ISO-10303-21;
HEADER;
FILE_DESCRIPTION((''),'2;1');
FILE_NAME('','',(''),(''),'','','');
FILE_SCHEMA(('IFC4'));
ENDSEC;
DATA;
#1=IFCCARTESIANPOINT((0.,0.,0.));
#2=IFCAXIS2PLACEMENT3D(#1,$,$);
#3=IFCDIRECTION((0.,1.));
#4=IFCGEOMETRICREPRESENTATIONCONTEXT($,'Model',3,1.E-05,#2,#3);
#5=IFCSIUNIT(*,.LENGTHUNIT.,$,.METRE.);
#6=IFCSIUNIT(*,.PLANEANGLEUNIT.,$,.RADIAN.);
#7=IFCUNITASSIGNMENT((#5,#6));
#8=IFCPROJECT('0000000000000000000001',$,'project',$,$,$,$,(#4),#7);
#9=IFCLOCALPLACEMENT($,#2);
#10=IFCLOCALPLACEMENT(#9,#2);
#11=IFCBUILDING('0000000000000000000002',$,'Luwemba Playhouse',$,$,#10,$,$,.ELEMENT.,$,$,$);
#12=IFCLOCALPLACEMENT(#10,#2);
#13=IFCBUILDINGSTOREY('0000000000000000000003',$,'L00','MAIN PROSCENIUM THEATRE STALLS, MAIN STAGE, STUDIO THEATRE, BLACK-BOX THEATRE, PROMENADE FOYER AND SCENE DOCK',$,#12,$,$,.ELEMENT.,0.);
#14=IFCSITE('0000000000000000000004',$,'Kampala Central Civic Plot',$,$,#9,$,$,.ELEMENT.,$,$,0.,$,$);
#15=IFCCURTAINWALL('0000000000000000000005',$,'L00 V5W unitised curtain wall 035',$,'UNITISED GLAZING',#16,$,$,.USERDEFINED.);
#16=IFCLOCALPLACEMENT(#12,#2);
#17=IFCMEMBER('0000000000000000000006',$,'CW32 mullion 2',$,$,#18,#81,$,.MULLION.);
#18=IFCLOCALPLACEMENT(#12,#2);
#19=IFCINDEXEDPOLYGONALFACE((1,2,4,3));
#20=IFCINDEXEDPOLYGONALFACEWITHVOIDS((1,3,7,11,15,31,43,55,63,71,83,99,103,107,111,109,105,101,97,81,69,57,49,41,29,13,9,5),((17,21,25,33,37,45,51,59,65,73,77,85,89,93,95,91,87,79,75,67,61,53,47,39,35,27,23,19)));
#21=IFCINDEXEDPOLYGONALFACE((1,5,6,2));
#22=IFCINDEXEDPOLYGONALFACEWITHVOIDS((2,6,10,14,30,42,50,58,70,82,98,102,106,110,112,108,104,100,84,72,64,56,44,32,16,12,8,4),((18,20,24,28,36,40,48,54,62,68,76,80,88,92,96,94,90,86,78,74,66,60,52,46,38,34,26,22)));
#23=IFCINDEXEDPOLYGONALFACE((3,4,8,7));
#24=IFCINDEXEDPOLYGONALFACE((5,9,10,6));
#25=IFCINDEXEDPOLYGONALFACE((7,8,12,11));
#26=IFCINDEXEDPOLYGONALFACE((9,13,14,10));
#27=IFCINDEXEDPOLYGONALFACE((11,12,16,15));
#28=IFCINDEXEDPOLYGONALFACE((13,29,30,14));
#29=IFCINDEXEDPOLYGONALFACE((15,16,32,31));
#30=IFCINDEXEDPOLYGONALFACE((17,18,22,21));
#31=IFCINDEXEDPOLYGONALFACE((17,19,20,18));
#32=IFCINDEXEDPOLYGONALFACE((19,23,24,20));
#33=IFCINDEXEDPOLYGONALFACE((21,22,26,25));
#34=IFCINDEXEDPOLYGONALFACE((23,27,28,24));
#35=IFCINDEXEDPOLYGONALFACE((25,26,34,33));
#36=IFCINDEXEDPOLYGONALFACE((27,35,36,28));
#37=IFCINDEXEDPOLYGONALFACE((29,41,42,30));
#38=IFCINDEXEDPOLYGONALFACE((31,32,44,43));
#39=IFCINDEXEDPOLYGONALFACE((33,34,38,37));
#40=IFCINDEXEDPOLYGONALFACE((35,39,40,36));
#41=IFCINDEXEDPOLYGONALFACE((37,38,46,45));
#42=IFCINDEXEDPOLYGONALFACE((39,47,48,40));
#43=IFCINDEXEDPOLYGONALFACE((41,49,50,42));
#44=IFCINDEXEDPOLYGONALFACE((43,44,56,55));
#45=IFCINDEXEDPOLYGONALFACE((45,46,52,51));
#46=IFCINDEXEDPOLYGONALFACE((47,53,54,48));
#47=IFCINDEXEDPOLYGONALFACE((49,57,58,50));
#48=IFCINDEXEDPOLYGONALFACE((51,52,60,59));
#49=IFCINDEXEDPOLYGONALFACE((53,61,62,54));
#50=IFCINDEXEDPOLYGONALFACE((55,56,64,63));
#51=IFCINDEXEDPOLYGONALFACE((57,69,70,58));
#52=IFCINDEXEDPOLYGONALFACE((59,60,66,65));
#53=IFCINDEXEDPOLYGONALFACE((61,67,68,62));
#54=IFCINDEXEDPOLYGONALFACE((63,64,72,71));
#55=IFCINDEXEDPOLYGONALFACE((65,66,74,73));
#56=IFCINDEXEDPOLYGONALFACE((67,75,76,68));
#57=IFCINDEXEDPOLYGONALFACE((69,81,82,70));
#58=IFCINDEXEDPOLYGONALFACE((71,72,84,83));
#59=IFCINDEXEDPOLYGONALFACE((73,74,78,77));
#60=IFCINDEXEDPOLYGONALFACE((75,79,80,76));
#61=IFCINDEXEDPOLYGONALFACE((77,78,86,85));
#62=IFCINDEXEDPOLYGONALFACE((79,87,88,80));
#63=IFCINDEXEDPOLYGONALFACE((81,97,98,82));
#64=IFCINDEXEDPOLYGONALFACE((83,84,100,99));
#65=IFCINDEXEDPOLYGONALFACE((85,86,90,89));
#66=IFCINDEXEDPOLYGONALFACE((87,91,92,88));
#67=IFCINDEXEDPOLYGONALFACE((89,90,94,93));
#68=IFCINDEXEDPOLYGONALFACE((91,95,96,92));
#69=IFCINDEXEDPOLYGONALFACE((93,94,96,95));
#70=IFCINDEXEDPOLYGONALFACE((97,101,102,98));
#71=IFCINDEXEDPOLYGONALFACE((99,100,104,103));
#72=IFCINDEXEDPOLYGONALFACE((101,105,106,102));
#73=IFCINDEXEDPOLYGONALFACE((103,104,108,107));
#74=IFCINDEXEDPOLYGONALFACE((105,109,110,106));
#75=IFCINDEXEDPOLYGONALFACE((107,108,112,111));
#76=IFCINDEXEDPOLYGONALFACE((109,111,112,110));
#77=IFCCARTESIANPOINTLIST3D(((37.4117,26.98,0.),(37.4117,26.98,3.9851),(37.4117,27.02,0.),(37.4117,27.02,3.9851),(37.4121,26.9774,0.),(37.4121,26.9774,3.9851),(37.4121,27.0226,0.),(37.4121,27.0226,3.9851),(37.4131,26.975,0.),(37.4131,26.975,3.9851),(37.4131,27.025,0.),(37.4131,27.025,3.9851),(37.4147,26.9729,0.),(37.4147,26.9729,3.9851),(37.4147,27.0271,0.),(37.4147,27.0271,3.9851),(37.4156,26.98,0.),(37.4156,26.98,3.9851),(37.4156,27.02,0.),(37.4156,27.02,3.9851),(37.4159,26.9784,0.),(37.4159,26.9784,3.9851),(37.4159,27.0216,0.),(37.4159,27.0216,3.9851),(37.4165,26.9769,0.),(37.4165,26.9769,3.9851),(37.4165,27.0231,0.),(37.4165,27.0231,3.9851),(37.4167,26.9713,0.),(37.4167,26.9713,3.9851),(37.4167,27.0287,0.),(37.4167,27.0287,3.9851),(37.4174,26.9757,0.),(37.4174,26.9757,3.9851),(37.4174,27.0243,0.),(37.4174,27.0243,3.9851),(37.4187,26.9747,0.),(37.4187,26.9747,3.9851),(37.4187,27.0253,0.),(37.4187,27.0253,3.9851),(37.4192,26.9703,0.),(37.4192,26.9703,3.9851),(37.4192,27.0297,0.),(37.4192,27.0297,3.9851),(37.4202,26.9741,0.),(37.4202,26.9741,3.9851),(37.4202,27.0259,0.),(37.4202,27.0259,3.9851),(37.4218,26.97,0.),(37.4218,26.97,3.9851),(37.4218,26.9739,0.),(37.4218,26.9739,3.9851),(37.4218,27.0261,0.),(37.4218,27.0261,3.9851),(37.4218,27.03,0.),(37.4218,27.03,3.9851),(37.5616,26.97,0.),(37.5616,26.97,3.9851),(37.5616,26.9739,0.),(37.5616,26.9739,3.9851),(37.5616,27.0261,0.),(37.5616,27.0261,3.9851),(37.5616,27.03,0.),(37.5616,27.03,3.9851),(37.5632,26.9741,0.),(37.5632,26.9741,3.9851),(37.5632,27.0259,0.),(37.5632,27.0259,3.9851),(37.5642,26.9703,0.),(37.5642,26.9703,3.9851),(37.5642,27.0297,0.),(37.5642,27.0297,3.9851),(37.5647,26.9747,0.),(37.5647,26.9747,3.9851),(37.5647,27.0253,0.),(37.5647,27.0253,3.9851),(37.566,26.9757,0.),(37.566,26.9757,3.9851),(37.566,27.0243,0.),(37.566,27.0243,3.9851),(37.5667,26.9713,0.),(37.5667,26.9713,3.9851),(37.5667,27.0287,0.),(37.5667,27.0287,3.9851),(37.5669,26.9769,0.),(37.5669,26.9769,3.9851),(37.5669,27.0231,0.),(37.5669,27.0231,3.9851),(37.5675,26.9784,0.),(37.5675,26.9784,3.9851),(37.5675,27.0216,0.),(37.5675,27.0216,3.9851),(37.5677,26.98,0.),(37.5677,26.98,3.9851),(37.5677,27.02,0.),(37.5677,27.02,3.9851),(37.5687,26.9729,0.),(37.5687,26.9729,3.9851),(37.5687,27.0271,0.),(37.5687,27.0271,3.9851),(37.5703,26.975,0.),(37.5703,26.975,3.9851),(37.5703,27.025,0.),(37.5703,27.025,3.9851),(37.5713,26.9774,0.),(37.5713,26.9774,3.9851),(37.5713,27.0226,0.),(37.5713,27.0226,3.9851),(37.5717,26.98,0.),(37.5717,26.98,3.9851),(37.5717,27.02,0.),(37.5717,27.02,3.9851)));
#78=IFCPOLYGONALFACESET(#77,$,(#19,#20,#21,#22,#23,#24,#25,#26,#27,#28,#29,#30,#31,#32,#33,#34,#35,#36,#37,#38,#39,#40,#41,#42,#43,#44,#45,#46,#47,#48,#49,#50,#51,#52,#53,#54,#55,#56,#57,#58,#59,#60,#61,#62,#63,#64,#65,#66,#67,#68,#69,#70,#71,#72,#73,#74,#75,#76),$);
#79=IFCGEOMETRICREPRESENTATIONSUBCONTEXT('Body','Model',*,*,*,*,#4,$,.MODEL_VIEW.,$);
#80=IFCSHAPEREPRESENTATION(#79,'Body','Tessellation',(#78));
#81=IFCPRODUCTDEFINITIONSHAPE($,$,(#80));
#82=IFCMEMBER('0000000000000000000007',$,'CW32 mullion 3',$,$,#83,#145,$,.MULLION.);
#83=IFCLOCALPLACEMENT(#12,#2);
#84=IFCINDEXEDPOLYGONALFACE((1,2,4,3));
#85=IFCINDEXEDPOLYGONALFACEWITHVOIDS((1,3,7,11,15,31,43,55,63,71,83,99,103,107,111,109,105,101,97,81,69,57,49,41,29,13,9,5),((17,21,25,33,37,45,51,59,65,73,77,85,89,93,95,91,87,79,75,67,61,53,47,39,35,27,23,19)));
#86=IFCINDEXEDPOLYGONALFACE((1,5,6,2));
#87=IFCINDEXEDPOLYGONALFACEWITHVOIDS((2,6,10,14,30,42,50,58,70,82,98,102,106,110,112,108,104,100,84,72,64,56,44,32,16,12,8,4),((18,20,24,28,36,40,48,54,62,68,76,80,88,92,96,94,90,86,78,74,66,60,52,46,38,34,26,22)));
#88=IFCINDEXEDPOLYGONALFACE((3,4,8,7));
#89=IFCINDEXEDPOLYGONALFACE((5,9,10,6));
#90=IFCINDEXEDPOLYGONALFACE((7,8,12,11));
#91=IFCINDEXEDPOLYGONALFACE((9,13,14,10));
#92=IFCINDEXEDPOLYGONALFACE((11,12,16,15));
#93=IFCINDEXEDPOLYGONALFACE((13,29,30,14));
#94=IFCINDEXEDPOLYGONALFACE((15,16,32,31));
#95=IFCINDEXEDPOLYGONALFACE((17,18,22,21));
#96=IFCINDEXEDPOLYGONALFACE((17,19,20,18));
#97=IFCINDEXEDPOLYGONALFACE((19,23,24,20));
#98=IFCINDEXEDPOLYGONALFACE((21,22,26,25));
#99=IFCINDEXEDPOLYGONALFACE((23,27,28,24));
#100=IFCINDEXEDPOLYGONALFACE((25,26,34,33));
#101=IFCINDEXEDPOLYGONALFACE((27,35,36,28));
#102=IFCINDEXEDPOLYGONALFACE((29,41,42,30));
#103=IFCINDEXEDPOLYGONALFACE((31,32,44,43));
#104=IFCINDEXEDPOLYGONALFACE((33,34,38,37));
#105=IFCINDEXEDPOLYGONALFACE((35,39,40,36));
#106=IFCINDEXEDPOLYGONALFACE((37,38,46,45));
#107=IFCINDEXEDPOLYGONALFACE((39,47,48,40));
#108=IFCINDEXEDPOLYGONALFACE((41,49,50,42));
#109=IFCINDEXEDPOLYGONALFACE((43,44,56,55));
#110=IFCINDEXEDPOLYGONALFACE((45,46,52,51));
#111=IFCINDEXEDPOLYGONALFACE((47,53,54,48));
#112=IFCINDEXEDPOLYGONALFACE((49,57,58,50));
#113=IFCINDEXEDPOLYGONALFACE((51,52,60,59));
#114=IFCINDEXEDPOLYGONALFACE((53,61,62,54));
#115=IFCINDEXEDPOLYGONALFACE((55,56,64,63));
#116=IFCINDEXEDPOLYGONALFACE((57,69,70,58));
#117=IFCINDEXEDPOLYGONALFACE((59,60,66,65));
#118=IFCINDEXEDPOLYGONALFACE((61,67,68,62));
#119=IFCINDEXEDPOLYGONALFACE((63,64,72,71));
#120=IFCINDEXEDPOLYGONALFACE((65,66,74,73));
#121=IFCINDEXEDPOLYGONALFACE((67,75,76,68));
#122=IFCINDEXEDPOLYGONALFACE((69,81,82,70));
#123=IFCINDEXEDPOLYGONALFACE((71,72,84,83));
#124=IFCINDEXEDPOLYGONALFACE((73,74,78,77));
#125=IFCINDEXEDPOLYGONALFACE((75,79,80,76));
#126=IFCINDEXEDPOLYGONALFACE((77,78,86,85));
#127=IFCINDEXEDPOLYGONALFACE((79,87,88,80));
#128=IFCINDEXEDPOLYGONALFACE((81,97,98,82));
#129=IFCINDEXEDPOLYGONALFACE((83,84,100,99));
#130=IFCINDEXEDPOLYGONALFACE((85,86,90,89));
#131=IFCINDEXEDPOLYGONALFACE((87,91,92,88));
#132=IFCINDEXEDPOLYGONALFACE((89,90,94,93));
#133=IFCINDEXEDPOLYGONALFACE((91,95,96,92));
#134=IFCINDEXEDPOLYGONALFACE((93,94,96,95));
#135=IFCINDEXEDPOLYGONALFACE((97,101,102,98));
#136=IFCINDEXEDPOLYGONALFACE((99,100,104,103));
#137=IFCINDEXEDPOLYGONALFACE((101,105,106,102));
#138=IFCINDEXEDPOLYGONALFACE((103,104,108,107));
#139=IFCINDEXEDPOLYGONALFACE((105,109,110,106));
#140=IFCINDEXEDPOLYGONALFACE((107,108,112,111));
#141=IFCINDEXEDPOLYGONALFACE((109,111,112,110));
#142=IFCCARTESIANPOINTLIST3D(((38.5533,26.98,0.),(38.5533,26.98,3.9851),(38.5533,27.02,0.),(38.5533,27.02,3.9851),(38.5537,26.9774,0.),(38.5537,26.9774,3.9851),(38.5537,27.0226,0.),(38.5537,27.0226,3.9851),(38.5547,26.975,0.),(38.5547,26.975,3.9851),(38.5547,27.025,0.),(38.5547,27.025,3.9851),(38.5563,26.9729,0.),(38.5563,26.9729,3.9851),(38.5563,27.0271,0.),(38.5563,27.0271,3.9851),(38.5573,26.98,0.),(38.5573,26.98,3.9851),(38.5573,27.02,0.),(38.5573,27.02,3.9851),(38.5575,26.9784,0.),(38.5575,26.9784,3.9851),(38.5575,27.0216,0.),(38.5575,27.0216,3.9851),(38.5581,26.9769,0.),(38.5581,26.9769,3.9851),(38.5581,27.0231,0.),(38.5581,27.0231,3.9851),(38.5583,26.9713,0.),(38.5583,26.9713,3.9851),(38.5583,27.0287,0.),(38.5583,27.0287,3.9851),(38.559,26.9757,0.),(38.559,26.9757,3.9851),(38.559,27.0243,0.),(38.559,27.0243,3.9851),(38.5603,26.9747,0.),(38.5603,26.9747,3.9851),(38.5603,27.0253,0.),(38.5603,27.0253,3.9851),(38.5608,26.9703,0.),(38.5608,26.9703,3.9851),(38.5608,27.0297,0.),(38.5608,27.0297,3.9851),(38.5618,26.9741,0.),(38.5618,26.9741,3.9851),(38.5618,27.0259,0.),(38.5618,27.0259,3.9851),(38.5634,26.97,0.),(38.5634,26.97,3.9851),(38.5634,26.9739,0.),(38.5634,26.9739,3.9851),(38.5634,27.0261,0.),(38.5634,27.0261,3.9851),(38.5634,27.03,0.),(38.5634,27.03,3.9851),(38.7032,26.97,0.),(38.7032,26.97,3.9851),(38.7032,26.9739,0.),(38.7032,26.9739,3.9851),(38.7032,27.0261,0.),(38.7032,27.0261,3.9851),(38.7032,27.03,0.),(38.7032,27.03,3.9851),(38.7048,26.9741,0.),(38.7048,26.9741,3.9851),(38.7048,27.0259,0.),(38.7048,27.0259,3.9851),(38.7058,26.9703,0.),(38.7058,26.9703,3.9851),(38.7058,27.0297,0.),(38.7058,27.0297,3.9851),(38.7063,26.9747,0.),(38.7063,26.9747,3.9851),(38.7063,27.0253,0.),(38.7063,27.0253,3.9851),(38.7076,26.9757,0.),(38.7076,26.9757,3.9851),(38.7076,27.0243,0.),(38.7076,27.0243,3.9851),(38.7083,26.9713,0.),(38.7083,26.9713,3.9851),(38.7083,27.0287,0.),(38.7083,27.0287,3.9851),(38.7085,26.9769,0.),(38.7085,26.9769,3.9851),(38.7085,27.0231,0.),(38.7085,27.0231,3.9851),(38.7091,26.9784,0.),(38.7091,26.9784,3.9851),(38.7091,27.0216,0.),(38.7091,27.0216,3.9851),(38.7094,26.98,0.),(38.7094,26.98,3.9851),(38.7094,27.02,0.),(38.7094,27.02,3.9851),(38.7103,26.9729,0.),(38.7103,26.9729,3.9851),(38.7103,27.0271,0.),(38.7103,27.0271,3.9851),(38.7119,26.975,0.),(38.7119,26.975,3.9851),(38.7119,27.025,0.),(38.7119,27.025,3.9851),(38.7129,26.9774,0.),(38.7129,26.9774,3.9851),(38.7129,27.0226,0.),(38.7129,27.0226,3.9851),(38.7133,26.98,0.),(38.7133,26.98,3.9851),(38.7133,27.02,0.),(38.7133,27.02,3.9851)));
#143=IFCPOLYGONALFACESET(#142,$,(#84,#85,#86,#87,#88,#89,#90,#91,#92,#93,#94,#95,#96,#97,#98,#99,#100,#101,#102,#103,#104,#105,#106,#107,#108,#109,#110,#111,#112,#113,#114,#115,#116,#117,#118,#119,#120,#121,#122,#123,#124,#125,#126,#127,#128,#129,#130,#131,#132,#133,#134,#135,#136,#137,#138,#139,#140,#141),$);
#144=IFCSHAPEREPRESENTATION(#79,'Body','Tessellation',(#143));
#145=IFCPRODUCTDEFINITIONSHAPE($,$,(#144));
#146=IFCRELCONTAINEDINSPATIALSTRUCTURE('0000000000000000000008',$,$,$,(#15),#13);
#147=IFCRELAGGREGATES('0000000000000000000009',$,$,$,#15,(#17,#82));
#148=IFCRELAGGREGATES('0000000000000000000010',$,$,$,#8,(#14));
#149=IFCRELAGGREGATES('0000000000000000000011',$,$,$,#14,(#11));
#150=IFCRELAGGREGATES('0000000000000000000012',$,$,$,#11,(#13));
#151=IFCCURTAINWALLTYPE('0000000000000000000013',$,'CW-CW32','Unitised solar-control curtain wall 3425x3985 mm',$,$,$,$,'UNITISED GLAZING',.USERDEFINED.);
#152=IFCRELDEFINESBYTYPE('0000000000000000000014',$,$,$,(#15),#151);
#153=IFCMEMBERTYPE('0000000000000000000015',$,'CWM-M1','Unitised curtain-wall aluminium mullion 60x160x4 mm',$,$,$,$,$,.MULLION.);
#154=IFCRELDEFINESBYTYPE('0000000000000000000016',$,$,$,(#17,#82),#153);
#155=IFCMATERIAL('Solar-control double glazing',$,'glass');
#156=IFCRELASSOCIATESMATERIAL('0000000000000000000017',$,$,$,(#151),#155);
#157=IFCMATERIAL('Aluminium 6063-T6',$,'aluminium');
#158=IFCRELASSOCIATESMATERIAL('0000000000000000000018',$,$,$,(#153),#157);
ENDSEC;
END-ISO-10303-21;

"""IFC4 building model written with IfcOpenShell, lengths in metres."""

from ifc_helpers import new_model, si_unit, direction, frame, origin, origin_2d, place, context, subcontext, project, spatial, hollow_rectangle, extrude, material, material_profile, profile_set, type_object, element, aggregate, save


model = new_model("IFC4")

# Units and contexts
model_context = context("Model", 3, precision=1e-05, world=origin(), true_north=direction((0.0, 1.0)))
body_context = subcontext(model_context, "Body", "Model", "MODEL_VIEW")
ifc_project = project(units=[si_unit("LENGTHUNIT", "METRE"), si_unit("PLANEANGLEUNIT", "RADIAN")], contexts=[model_context])

# Site, building, storey
site_placement = place(None, origin())
site = spatial("IfcSite", under=ifc_project, at=site_placement, Name="Kampala Central Civic Plot", CompositionType="ELEMENT", RefElevation=0.0)
building_placement = place(site_placement, origin())
building = spatial("IfcBuilding", under=site, at=building_placement, Name="Luwemba Playhouse", CompositionType="ELEMENT")
storey_placement = place(building_placement, origin())
storey = spatial("IfcBuildingStorey", under=building, at=storey_placement, Name="L00", Description="MAIN PROSCENIUM THEATRE STALLS, MAIN STAGE, STUDIO THEATRE, BLACK-BOX THEATRE, PROMENADE FOYER AND SCENE DOCK", CompositionType="ELEMENT", Elevation=0.0)

# Curtain wall, members
ifc_material_1 = material(Name="Solar-control double glazing", Category="glass")
curtain_wall_type = type_object("IfcCurtainWallType", Name="CW-CW32", Description="Unitised solar-control curtain wall 3425x3985 mm", ElementType="UNITISED GLAZING", PredefinedType="USERDEFINED", material=ifc_material_1)
curtain_wall_placement = place(storey_placement, origin())
curtain_wall = element("IfcCurtainWall", 1, at=curtain_wall_placement, inside=storey, type_object=curtain_wall_type, Name="L00 V5W unitised curtain wall 035", ObjectType="UNITISED GLAZING", PredefinedType="USERDEFINED")
ifc_material_2 = material(Name="Aluminium 6063-T6", Category="aluminium")
ifc_material_profile_1 = material_profile(ifc_material_2, hollow_rectangle(XDim=0.0601, YDim=0.1599, WallThickness=0.0039, InnerFilletRadius=0.0061, OuterFilletRadius=0.01, at=origin_2d()))
ifc_profile_set_1 = profile_set([ifc_material_profile_1], Name="Aluminium 6063-T6")
member_type_1 = type_object("IfcMemberType", Name="CWM-M1", Description="Unitised curtain-wall aluminium mullion 60x160x4 mm", PredefinedType="MULLION", material=ifc_profile_set_1)
member_1_placement = place(storey_placement, frame((37.4917, 27.0, 0.0), z_axis=(0.0, 0.0, 1.0), x_axis=(0.0, 1.0, 0.0)))
member_1 = element("IfcMember", 2, at=member_1_placement, type_object=member_type_1, Name="CW32 mullion 2", PredefinedType="MULLION", context=body_context, shape_type="SweptSolid", body=[
    extrude(hollow_rectangle(XDim=0.0601, YDim=0.1599, WallThickness=0.0039, InnerFilletRadius=0.0061, OuterFilletRadius=0.01, at=origin_2d()), origin(), (0.0, 0.0, 1.0), 3.9851),
])
member_2_placement = place(storey_placement, frame((38.6333, 27.0, 0.0), z_axis=(0.0, 0.0, 1.0), x_axis=(0.0, 1.0, 0.0)))
member_2 = element("IfcMember", 3, at=member_2_placement, type_object=member_type_1, Name="CW32 mullion 3", PredefinedType="MULLION", context=body_context, shape_type="SweptSolid", body=[
    extrude(hollow_rectangle(XDim=0.0601, YDim=0.1599, WallThickness=0.0039, InnerFilletRadius=0.0061, OuterFilletRadius=0.01, at=origin_2d()), origin(), (0.0, 0.0, 1.0), 3.9851),
])
aggregate(curtain_wall, [member_1, member_2])

save(model, "model.ifc")
